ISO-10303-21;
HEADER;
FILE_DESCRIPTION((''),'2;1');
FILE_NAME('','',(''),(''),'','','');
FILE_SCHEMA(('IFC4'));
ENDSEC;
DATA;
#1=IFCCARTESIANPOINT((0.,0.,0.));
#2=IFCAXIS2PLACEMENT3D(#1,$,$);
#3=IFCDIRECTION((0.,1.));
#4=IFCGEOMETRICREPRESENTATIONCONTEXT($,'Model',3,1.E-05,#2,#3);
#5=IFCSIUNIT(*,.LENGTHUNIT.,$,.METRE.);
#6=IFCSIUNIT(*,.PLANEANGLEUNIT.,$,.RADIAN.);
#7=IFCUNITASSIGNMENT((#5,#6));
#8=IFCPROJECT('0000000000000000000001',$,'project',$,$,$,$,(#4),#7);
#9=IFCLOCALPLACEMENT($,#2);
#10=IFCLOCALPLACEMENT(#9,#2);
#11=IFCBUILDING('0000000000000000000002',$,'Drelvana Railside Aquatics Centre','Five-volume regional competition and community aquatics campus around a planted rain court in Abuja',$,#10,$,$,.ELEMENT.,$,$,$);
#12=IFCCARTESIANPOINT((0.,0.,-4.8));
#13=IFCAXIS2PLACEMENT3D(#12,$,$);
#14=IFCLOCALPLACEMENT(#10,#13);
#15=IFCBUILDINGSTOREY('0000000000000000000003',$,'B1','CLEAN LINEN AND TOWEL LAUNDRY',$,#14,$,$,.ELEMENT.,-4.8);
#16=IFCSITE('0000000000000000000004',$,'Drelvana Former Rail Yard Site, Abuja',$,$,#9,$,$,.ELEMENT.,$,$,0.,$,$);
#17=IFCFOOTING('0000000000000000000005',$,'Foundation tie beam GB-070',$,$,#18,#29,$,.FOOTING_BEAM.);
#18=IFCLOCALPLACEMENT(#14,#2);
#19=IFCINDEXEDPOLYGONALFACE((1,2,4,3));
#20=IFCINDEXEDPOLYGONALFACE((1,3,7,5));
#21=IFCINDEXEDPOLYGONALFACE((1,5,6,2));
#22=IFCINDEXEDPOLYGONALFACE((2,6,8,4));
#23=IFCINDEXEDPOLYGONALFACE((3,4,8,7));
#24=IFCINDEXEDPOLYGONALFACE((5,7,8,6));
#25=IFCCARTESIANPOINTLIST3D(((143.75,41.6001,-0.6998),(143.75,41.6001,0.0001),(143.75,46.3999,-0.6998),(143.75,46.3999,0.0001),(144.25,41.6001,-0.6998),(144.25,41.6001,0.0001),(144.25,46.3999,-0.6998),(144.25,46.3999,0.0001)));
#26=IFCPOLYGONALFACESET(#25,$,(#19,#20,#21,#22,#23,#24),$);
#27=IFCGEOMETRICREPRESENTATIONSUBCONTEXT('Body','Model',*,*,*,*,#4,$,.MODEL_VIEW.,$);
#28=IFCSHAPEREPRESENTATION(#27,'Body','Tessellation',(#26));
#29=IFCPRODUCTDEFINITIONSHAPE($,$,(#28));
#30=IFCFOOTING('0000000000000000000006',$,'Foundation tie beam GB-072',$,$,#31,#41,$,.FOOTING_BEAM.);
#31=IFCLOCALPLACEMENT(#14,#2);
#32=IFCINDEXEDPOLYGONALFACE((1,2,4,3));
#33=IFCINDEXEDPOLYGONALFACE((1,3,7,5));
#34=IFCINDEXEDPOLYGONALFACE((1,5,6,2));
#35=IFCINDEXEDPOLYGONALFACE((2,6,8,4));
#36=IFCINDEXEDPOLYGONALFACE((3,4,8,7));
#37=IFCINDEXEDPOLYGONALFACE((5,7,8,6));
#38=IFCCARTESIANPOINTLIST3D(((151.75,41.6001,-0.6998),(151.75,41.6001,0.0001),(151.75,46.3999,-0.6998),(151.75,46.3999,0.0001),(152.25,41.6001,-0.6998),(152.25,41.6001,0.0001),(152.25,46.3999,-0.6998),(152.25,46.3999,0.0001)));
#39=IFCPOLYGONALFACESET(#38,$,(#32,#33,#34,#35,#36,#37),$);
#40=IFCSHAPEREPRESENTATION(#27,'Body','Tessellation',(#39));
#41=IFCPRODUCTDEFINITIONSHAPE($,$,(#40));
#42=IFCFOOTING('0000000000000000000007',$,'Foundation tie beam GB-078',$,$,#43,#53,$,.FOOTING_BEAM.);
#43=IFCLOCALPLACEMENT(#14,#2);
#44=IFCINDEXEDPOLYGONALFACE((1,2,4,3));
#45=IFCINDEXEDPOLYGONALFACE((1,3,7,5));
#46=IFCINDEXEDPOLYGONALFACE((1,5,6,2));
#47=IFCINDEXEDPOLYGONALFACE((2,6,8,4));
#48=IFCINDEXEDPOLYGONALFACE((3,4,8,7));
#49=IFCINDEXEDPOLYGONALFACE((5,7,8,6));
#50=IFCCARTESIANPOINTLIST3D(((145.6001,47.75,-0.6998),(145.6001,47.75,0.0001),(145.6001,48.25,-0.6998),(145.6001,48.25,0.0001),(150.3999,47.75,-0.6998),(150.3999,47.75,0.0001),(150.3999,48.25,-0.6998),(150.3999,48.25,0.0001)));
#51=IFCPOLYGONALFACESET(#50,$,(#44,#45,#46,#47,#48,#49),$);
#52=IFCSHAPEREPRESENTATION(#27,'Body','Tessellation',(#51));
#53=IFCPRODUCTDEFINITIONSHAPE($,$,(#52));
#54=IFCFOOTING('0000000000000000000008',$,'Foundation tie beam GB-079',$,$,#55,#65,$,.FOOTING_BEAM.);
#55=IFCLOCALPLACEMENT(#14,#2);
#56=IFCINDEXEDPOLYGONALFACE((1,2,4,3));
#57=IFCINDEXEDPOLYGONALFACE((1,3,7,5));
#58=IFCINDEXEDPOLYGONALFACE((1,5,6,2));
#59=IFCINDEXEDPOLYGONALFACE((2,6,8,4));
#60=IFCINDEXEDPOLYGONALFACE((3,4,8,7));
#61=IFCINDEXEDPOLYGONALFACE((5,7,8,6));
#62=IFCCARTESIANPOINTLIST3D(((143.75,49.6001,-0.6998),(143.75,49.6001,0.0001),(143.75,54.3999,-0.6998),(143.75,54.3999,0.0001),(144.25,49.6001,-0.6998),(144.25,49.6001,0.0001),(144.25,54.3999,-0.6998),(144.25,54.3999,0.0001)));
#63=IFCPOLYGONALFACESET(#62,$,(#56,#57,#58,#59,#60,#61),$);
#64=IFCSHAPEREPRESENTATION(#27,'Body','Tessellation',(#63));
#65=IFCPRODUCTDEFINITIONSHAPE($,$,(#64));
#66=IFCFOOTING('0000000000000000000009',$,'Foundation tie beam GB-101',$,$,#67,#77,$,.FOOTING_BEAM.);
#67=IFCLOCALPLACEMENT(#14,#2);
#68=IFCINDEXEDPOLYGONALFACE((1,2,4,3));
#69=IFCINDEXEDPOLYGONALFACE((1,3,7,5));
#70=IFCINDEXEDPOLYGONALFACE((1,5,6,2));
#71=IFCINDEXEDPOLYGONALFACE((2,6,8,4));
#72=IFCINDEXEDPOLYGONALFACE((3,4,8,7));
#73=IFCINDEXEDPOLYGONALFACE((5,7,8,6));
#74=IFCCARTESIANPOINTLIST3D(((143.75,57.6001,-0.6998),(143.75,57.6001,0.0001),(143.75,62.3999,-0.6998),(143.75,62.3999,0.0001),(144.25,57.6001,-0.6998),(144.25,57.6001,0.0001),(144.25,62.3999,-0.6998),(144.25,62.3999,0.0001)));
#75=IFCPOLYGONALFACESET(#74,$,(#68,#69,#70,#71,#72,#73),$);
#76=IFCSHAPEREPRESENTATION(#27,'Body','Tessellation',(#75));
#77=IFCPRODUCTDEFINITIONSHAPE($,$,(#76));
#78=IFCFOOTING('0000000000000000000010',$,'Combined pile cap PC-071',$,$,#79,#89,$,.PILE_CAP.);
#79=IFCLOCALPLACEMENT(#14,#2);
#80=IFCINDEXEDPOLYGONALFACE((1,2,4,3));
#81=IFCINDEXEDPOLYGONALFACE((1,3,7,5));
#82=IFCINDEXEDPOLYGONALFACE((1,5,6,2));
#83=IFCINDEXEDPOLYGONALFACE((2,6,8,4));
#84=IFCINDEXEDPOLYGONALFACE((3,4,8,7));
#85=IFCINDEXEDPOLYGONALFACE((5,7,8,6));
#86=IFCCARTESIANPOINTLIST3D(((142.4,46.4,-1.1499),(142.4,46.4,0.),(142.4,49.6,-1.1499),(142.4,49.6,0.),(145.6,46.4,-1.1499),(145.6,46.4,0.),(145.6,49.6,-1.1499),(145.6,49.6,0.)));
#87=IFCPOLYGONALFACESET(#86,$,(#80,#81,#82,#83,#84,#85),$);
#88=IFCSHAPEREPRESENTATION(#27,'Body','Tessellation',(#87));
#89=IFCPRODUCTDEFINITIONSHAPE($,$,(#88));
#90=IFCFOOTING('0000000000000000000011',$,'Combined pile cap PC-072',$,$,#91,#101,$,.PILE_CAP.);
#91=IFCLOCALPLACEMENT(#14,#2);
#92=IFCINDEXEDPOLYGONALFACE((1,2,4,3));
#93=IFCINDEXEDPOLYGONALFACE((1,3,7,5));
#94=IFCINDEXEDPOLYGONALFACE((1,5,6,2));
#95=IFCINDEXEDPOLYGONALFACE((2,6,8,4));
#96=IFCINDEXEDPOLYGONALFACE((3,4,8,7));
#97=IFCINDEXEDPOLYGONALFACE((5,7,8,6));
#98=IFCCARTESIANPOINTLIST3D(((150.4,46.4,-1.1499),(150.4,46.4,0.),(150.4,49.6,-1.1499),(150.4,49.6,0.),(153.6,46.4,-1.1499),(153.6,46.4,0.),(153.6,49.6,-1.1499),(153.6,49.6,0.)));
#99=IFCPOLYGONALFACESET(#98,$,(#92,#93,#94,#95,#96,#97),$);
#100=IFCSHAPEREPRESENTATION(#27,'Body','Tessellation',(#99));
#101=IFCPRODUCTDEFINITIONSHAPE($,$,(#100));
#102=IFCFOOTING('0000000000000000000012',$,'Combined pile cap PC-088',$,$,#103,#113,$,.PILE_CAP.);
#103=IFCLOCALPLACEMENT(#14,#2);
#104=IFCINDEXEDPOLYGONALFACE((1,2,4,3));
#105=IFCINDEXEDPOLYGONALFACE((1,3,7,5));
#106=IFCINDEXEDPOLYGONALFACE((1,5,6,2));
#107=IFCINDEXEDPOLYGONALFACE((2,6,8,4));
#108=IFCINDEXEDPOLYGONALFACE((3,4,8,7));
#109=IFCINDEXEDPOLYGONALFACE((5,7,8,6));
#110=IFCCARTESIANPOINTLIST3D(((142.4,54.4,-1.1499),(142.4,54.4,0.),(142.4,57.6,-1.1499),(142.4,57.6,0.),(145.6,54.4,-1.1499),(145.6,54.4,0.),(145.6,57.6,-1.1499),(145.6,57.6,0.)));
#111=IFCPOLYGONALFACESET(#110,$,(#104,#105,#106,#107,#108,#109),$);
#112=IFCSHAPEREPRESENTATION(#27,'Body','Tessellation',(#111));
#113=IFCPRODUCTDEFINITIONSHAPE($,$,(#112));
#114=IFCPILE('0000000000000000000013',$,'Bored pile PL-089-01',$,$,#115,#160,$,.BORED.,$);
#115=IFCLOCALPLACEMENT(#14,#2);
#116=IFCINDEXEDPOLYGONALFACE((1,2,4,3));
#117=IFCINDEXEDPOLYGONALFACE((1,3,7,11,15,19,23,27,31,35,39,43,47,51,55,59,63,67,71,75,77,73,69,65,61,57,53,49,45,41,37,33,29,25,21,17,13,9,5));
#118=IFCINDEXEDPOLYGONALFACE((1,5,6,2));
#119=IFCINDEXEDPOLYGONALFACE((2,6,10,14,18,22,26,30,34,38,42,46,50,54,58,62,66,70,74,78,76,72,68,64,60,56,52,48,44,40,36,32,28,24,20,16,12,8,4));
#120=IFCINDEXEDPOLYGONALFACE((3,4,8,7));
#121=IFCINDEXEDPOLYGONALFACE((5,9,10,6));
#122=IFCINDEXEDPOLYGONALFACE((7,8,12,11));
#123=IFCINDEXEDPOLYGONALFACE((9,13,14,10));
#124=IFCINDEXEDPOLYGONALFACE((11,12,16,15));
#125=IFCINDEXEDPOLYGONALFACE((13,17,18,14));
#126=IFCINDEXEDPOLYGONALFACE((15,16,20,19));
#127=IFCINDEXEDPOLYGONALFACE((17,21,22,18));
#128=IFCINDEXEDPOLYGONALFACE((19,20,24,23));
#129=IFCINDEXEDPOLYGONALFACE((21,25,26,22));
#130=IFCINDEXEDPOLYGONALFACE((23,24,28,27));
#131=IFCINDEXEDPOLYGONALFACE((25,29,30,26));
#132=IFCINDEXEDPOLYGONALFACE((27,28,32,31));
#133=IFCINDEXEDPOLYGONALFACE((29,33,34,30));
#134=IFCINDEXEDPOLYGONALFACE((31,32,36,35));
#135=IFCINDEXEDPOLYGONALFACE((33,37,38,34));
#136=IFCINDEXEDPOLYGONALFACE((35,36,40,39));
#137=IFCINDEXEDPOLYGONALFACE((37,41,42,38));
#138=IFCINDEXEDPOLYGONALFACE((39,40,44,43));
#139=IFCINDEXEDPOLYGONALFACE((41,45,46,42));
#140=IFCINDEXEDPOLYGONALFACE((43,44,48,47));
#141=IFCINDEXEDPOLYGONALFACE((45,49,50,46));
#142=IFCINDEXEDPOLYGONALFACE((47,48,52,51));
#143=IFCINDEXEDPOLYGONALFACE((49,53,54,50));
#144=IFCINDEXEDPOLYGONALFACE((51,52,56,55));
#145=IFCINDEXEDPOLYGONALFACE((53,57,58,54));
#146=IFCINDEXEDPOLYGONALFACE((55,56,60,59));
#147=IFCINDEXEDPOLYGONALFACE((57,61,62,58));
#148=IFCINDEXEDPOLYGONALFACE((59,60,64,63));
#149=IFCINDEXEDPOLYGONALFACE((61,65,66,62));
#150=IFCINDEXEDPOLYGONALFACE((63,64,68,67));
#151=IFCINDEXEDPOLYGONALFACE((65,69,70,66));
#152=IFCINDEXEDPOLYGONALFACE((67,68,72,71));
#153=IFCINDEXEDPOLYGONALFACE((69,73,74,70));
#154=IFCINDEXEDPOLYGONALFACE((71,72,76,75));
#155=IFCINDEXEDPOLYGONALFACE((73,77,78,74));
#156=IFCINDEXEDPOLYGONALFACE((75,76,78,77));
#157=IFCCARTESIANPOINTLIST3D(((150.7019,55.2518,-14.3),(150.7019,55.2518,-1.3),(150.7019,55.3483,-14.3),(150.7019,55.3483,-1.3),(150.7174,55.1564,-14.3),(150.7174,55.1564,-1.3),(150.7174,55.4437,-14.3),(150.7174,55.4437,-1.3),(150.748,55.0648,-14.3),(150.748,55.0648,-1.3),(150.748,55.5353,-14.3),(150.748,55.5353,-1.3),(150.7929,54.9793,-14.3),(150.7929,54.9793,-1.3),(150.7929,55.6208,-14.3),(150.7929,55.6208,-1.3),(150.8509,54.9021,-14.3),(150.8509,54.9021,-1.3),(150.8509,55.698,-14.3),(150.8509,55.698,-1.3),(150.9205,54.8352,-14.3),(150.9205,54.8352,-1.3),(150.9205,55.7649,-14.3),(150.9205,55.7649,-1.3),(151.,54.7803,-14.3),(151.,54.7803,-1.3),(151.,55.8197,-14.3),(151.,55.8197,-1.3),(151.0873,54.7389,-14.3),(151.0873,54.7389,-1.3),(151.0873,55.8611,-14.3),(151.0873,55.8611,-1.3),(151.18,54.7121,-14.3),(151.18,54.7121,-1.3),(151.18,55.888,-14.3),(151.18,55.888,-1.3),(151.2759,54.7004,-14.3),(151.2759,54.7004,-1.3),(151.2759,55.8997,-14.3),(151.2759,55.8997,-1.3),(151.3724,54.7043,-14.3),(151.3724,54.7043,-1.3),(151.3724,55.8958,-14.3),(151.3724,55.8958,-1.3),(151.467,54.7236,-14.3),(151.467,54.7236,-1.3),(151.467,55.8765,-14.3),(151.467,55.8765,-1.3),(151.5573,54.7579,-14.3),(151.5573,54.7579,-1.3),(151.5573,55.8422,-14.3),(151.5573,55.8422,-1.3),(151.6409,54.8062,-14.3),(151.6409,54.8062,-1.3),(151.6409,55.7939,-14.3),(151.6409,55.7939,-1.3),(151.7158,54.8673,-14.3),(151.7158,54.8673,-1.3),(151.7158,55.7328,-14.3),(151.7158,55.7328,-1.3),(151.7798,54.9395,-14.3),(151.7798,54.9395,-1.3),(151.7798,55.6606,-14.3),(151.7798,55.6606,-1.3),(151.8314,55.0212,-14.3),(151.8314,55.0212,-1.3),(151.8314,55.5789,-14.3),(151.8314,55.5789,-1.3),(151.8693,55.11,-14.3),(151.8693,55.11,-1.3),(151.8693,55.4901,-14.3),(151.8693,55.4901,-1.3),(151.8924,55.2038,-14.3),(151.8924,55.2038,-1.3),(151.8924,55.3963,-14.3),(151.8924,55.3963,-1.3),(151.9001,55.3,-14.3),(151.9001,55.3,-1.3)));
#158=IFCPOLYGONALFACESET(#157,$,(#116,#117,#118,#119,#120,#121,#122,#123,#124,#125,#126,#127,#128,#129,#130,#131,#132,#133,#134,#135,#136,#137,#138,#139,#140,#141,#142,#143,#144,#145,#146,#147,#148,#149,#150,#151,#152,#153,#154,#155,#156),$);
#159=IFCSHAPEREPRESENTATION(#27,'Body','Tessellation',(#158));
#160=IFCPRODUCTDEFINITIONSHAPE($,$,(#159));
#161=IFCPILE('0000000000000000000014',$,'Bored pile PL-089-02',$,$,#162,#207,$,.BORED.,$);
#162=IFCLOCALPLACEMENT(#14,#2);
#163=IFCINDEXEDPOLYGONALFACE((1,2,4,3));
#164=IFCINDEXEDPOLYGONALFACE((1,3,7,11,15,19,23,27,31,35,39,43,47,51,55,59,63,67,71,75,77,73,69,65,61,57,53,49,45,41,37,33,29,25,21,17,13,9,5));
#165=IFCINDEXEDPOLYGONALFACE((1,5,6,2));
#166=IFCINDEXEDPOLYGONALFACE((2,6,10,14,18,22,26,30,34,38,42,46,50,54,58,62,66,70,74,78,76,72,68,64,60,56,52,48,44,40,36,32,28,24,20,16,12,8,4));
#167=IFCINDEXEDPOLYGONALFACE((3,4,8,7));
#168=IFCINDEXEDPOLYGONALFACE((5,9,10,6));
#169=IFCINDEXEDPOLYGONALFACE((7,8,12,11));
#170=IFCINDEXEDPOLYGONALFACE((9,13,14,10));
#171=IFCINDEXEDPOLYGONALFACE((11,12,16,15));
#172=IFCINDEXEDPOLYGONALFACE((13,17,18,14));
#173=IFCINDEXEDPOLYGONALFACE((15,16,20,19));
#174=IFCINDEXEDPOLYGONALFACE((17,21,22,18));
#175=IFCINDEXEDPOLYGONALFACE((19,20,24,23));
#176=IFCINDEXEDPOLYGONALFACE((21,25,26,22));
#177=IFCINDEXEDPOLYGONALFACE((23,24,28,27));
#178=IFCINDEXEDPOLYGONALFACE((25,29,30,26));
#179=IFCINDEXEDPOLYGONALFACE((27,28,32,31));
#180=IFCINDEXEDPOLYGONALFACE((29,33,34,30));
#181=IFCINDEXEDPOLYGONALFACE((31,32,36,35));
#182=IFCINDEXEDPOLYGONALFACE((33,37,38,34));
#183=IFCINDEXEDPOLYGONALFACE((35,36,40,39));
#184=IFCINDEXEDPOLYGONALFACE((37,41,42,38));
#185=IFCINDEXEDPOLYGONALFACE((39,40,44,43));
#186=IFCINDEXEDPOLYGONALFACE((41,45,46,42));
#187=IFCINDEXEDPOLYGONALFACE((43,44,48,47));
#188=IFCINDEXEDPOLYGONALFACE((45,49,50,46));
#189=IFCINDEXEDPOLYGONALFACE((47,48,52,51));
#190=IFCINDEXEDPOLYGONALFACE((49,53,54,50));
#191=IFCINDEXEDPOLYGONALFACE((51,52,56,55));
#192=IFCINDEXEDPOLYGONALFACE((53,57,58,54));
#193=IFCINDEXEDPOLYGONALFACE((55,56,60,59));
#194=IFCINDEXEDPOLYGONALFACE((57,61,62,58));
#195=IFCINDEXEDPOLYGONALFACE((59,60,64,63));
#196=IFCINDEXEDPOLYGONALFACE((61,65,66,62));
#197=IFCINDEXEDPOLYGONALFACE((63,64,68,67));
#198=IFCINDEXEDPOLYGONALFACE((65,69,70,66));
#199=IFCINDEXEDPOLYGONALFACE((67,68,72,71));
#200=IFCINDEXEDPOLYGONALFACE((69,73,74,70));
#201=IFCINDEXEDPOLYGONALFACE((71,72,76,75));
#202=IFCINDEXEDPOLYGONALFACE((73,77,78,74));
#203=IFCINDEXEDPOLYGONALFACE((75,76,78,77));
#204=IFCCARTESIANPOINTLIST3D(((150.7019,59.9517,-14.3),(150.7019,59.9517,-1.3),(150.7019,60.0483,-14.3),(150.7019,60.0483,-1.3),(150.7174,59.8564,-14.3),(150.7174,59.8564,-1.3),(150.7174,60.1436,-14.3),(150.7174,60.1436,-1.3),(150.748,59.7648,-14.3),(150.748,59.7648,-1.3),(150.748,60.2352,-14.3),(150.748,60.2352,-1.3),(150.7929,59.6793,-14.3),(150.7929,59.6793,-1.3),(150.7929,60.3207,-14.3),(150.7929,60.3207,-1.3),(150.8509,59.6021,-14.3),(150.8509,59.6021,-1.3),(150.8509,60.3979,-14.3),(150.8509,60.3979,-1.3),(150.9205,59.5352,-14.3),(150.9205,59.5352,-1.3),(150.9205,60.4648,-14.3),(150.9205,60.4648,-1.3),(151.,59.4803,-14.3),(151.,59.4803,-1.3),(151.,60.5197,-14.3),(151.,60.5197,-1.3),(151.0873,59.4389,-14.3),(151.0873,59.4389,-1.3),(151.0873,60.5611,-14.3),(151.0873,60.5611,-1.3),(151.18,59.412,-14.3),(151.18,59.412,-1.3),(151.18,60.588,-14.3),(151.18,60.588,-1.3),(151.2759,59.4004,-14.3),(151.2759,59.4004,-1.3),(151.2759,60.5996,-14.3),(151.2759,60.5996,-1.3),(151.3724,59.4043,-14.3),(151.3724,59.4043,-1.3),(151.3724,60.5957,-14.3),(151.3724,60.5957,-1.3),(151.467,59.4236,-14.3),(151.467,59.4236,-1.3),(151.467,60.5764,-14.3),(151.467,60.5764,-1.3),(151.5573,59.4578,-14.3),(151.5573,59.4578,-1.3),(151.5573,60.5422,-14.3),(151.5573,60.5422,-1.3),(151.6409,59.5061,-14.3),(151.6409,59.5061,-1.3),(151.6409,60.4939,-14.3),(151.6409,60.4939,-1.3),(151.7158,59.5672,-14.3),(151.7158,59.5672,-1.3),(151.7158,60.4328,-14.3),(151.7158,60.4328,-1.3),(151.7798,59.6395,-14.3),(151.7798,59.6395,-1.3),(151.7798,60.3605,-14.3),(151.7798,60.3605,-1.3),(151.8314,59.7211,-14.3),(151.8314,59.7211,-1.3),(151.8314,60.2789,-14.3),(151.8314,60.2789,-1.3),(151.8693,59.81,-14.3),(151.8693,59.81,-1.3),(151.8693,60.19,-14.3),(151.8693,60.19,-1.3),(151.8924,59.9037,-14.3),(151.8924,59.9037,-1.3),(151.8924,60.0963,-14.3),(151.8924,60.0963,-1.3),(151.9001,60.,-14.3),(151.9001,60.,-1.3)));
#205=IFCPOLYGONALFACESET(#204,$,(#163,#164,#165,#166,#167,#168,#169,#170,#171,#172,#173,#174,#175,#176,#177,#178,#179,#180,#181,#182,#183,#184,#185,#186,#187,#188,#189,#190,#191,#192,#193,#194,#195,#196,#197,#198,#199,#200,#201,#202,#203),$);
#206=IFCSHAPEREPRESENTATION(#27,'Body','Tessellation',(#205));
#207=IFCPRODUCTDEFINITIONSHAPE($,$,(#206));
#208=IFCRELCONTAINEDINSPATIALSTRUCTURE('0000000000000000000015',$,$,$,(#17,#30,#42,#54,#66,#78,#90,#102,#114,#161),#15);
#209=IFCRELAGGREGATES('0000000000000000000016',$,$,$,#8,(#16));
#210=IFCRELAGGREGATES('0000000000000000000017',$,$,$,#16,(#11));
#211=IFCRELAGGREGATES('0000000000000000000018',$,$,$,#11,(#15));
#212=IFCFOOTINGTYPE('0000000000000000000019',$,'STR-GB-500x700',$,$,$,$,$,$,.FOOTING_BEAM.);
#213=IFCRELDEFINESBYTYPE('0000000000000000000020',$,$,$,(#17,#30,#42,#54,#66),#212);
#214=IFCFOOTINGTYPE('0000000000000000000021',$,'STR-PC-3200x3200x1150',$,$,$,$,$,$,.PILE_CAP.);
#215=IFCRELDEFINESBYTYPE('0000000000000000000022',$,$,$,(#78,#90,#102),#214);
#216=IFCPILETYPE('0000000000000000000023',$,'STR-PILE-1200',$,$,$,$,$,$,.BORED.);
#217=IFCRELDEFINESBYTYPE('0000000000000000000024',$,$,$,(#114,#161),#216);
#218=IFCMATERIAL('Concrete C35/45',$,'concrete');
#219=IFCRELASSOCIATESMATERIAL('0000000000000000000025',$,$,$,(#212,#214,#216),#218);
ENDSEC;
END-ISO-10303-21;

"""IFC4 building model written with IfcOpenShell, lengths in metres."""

from ifc_helpers import new_model, si_unit, direction, frame, origin, origin_2d, place, context, subcontext, project, spatial, rectangle, circle, extrude, material, material_profile, profile_set, type_object, element, save


model = new_model("IFC4")

# Units and contexts
model_context = context("Model", 3, precision=1e-05, world=origin(), true_north=direction((0.0, 1.0)))
body_context = subcontext(model_context, "Body", "Model", "MODEL_VIEW")
ifc_project = project(units=[si_unit("LENGTHUNIT", "METRE"), si_unit("PLANEANGLEUNIT", "RADIAN")], contexts=[model_context])

# Site, building, storey
site_placement = place(None, origin())
site = spatial("IfcSite", under=ifc_project, at=site_placement, Name="Drelvana Former Rail Yard Site, Abuja", CompositionType="ELEMENT", RefElevation=0.0)
building_placement = place(site_placement, origin())
building = spatial("IfcBuilding", under=site, at=building_placement, Name="Drelvana Railside Aquatics Centre", Description="Five-volume regional competition and community aquatics campus around a planted rain court in Abuja", CompositionType="ELEMENT")
storey_placement = place(building_placement, frame((0.0, 0.0, -4.8)))
storey = spatial("IfcBuildingStorey", under=building, at=storey_placement, Name="B1", Description="CLEAN LINEN AND TOWEL LAUNDRY", CompositionType="ELEMENT", Elevation=-4.8)

# Footings
ifc_material_1 = material(Name="Concrete C35/45", Category="concrete")
ifc_material_profile_1 = material_profile(ifc_material_1, rectangle(XDim=0.5, YDim=0.7, at=origin_2d()), Name="GB 500x700")
ifc_profile_set_1 = profile_set([ifc_material_profile_1], Name="Concrete C35/45")
footing_type_1 = type_object("IfcFootingType", Name="STR-GB-500x700", PredefinedType="FOOTING_BEAM", material=ifc_profile_set_1)
for number, where, z_axis, x_axis, name in (
    (1, (144.0, 41.6001, -0.3499), (0.0, 1.0, 0.0), (-1.0, 0.0, 0.0), "Foundation tie beam GB-070"),
    (2, (152.0, 41.6001, -0.3499), (0.0, 1.0, 0.0), (-1.0, 0.0, 0.0), "Foundation tie beam GB-072"),
    (3, (145.6001, 48.0, -0.3499), (1.0, 0.0, 0.0), (0.0, 1.0, 0.0), "Foundation tie beam GB-078"),
    (4, (144.0, 49.6001, -0.3499), (0.0, 1.0, 0.0), (-1.0, 0.0, 0.0), "Foundation tie beam GB-079"),
    (5, (144.0, 57.6001, -0.3499), (0.0, 1.0, 0.0), (-1.0, 0.0, 0.0), "Foundation tie beam GB-101"),
):
    element("IfcFooting", number, at=place(storey_placement, frame(where, z_axis=z_axis, x_axis=x_axis)), inside=storey, type_object=footing_type_1, Name=name, PredefinedType="FOOTING_BEAM", context=body_context, shape_type="SweptSolid", body=[
        extrude(rectangle(XDim=0.5, YDim=0.7, at=origin_2d()), origin(), (0.0, 0.0, 1.0), 4.7998),
    ])
footing_type_2 = type_object("IfcFootingType", Name="STR-PC-3200x3200x1150", PredefinedType="PILE_CAP", material=ifc_material_1)
for number, where, z_axis, x_axis, name in (
    (6, (144.0, 48.0, -1.1499), (0.0, 0.0, 1.0), (1.0, 0.0, 0.0), "Combined pile cap PC-071"),
    (7, (152.0, 48.0, -1.1499), (0.0, 0.0, 1.0), (1.0, 0.0, 0.0), "Combined pile cap PC-072"),
    (8, (144.0, 56.0, -1.1499), (0.0, 0.0, 1.0), (1.0, 0.0, 0.0), "Combined pile cap PC-088"),
):
    element("IfcFooting", number, at=place(storey_placement, frame(where, z_axis=z_axis, x_axis=x_axis)), inside=storey, type_object=footing_type_2, Name=name, PredefinedType="PILE_CAP", context=body_context, shape_type="SweptSolid", body=[
        extrude(rectangle(XDim=3.2, YDim=3.2, at=origin_2d()), origin(), (0.0, 0.0, 1.0), 1.1499),
    ])

# Piles
ifc_material_profile_2 = material_profile(ifc_material_1, circle(Radius=0.6001, at=origin_2d()), Name="PILE D1200")
ifc_profile_set_2 = profile_set([ifc_material_profile_2], Name="Concrete C35/45")
pile_type_1 = type_object("IfcPileType", Name="STR-PILE-1200", PredefinedType="BORED", material=ifc_profile_set_2)
for number, where, z_axis, x_axis, name in (
    (9, (151.3, 55.3, -1.3), (0.0, 0.0, -1.0), (1.0, 0.0, 0.0), "Bored pile PL-089-01"),
    (10, (151.3, 60.0, -1.3), (0.0, 0.0, -1.0), (1.0, 0.0, 0.0), "Bored pile PL-089-02"),
):
    element("IfcPile", number, at=place(storey_placement, frame(where, z_axis=z_axis, x_axis=x_axis)), inside=storey, type_object=pile_type_1, Name=name, PredefinedType="BORED", context=body_context, shape_type="SweptSolid", body=[
        extrude(circle(Radius=0.6001, at=origin_2d()), origin(), (0.0, 0.0, 1.0), 13.0),
    ])

save(model, "model.ifc")
